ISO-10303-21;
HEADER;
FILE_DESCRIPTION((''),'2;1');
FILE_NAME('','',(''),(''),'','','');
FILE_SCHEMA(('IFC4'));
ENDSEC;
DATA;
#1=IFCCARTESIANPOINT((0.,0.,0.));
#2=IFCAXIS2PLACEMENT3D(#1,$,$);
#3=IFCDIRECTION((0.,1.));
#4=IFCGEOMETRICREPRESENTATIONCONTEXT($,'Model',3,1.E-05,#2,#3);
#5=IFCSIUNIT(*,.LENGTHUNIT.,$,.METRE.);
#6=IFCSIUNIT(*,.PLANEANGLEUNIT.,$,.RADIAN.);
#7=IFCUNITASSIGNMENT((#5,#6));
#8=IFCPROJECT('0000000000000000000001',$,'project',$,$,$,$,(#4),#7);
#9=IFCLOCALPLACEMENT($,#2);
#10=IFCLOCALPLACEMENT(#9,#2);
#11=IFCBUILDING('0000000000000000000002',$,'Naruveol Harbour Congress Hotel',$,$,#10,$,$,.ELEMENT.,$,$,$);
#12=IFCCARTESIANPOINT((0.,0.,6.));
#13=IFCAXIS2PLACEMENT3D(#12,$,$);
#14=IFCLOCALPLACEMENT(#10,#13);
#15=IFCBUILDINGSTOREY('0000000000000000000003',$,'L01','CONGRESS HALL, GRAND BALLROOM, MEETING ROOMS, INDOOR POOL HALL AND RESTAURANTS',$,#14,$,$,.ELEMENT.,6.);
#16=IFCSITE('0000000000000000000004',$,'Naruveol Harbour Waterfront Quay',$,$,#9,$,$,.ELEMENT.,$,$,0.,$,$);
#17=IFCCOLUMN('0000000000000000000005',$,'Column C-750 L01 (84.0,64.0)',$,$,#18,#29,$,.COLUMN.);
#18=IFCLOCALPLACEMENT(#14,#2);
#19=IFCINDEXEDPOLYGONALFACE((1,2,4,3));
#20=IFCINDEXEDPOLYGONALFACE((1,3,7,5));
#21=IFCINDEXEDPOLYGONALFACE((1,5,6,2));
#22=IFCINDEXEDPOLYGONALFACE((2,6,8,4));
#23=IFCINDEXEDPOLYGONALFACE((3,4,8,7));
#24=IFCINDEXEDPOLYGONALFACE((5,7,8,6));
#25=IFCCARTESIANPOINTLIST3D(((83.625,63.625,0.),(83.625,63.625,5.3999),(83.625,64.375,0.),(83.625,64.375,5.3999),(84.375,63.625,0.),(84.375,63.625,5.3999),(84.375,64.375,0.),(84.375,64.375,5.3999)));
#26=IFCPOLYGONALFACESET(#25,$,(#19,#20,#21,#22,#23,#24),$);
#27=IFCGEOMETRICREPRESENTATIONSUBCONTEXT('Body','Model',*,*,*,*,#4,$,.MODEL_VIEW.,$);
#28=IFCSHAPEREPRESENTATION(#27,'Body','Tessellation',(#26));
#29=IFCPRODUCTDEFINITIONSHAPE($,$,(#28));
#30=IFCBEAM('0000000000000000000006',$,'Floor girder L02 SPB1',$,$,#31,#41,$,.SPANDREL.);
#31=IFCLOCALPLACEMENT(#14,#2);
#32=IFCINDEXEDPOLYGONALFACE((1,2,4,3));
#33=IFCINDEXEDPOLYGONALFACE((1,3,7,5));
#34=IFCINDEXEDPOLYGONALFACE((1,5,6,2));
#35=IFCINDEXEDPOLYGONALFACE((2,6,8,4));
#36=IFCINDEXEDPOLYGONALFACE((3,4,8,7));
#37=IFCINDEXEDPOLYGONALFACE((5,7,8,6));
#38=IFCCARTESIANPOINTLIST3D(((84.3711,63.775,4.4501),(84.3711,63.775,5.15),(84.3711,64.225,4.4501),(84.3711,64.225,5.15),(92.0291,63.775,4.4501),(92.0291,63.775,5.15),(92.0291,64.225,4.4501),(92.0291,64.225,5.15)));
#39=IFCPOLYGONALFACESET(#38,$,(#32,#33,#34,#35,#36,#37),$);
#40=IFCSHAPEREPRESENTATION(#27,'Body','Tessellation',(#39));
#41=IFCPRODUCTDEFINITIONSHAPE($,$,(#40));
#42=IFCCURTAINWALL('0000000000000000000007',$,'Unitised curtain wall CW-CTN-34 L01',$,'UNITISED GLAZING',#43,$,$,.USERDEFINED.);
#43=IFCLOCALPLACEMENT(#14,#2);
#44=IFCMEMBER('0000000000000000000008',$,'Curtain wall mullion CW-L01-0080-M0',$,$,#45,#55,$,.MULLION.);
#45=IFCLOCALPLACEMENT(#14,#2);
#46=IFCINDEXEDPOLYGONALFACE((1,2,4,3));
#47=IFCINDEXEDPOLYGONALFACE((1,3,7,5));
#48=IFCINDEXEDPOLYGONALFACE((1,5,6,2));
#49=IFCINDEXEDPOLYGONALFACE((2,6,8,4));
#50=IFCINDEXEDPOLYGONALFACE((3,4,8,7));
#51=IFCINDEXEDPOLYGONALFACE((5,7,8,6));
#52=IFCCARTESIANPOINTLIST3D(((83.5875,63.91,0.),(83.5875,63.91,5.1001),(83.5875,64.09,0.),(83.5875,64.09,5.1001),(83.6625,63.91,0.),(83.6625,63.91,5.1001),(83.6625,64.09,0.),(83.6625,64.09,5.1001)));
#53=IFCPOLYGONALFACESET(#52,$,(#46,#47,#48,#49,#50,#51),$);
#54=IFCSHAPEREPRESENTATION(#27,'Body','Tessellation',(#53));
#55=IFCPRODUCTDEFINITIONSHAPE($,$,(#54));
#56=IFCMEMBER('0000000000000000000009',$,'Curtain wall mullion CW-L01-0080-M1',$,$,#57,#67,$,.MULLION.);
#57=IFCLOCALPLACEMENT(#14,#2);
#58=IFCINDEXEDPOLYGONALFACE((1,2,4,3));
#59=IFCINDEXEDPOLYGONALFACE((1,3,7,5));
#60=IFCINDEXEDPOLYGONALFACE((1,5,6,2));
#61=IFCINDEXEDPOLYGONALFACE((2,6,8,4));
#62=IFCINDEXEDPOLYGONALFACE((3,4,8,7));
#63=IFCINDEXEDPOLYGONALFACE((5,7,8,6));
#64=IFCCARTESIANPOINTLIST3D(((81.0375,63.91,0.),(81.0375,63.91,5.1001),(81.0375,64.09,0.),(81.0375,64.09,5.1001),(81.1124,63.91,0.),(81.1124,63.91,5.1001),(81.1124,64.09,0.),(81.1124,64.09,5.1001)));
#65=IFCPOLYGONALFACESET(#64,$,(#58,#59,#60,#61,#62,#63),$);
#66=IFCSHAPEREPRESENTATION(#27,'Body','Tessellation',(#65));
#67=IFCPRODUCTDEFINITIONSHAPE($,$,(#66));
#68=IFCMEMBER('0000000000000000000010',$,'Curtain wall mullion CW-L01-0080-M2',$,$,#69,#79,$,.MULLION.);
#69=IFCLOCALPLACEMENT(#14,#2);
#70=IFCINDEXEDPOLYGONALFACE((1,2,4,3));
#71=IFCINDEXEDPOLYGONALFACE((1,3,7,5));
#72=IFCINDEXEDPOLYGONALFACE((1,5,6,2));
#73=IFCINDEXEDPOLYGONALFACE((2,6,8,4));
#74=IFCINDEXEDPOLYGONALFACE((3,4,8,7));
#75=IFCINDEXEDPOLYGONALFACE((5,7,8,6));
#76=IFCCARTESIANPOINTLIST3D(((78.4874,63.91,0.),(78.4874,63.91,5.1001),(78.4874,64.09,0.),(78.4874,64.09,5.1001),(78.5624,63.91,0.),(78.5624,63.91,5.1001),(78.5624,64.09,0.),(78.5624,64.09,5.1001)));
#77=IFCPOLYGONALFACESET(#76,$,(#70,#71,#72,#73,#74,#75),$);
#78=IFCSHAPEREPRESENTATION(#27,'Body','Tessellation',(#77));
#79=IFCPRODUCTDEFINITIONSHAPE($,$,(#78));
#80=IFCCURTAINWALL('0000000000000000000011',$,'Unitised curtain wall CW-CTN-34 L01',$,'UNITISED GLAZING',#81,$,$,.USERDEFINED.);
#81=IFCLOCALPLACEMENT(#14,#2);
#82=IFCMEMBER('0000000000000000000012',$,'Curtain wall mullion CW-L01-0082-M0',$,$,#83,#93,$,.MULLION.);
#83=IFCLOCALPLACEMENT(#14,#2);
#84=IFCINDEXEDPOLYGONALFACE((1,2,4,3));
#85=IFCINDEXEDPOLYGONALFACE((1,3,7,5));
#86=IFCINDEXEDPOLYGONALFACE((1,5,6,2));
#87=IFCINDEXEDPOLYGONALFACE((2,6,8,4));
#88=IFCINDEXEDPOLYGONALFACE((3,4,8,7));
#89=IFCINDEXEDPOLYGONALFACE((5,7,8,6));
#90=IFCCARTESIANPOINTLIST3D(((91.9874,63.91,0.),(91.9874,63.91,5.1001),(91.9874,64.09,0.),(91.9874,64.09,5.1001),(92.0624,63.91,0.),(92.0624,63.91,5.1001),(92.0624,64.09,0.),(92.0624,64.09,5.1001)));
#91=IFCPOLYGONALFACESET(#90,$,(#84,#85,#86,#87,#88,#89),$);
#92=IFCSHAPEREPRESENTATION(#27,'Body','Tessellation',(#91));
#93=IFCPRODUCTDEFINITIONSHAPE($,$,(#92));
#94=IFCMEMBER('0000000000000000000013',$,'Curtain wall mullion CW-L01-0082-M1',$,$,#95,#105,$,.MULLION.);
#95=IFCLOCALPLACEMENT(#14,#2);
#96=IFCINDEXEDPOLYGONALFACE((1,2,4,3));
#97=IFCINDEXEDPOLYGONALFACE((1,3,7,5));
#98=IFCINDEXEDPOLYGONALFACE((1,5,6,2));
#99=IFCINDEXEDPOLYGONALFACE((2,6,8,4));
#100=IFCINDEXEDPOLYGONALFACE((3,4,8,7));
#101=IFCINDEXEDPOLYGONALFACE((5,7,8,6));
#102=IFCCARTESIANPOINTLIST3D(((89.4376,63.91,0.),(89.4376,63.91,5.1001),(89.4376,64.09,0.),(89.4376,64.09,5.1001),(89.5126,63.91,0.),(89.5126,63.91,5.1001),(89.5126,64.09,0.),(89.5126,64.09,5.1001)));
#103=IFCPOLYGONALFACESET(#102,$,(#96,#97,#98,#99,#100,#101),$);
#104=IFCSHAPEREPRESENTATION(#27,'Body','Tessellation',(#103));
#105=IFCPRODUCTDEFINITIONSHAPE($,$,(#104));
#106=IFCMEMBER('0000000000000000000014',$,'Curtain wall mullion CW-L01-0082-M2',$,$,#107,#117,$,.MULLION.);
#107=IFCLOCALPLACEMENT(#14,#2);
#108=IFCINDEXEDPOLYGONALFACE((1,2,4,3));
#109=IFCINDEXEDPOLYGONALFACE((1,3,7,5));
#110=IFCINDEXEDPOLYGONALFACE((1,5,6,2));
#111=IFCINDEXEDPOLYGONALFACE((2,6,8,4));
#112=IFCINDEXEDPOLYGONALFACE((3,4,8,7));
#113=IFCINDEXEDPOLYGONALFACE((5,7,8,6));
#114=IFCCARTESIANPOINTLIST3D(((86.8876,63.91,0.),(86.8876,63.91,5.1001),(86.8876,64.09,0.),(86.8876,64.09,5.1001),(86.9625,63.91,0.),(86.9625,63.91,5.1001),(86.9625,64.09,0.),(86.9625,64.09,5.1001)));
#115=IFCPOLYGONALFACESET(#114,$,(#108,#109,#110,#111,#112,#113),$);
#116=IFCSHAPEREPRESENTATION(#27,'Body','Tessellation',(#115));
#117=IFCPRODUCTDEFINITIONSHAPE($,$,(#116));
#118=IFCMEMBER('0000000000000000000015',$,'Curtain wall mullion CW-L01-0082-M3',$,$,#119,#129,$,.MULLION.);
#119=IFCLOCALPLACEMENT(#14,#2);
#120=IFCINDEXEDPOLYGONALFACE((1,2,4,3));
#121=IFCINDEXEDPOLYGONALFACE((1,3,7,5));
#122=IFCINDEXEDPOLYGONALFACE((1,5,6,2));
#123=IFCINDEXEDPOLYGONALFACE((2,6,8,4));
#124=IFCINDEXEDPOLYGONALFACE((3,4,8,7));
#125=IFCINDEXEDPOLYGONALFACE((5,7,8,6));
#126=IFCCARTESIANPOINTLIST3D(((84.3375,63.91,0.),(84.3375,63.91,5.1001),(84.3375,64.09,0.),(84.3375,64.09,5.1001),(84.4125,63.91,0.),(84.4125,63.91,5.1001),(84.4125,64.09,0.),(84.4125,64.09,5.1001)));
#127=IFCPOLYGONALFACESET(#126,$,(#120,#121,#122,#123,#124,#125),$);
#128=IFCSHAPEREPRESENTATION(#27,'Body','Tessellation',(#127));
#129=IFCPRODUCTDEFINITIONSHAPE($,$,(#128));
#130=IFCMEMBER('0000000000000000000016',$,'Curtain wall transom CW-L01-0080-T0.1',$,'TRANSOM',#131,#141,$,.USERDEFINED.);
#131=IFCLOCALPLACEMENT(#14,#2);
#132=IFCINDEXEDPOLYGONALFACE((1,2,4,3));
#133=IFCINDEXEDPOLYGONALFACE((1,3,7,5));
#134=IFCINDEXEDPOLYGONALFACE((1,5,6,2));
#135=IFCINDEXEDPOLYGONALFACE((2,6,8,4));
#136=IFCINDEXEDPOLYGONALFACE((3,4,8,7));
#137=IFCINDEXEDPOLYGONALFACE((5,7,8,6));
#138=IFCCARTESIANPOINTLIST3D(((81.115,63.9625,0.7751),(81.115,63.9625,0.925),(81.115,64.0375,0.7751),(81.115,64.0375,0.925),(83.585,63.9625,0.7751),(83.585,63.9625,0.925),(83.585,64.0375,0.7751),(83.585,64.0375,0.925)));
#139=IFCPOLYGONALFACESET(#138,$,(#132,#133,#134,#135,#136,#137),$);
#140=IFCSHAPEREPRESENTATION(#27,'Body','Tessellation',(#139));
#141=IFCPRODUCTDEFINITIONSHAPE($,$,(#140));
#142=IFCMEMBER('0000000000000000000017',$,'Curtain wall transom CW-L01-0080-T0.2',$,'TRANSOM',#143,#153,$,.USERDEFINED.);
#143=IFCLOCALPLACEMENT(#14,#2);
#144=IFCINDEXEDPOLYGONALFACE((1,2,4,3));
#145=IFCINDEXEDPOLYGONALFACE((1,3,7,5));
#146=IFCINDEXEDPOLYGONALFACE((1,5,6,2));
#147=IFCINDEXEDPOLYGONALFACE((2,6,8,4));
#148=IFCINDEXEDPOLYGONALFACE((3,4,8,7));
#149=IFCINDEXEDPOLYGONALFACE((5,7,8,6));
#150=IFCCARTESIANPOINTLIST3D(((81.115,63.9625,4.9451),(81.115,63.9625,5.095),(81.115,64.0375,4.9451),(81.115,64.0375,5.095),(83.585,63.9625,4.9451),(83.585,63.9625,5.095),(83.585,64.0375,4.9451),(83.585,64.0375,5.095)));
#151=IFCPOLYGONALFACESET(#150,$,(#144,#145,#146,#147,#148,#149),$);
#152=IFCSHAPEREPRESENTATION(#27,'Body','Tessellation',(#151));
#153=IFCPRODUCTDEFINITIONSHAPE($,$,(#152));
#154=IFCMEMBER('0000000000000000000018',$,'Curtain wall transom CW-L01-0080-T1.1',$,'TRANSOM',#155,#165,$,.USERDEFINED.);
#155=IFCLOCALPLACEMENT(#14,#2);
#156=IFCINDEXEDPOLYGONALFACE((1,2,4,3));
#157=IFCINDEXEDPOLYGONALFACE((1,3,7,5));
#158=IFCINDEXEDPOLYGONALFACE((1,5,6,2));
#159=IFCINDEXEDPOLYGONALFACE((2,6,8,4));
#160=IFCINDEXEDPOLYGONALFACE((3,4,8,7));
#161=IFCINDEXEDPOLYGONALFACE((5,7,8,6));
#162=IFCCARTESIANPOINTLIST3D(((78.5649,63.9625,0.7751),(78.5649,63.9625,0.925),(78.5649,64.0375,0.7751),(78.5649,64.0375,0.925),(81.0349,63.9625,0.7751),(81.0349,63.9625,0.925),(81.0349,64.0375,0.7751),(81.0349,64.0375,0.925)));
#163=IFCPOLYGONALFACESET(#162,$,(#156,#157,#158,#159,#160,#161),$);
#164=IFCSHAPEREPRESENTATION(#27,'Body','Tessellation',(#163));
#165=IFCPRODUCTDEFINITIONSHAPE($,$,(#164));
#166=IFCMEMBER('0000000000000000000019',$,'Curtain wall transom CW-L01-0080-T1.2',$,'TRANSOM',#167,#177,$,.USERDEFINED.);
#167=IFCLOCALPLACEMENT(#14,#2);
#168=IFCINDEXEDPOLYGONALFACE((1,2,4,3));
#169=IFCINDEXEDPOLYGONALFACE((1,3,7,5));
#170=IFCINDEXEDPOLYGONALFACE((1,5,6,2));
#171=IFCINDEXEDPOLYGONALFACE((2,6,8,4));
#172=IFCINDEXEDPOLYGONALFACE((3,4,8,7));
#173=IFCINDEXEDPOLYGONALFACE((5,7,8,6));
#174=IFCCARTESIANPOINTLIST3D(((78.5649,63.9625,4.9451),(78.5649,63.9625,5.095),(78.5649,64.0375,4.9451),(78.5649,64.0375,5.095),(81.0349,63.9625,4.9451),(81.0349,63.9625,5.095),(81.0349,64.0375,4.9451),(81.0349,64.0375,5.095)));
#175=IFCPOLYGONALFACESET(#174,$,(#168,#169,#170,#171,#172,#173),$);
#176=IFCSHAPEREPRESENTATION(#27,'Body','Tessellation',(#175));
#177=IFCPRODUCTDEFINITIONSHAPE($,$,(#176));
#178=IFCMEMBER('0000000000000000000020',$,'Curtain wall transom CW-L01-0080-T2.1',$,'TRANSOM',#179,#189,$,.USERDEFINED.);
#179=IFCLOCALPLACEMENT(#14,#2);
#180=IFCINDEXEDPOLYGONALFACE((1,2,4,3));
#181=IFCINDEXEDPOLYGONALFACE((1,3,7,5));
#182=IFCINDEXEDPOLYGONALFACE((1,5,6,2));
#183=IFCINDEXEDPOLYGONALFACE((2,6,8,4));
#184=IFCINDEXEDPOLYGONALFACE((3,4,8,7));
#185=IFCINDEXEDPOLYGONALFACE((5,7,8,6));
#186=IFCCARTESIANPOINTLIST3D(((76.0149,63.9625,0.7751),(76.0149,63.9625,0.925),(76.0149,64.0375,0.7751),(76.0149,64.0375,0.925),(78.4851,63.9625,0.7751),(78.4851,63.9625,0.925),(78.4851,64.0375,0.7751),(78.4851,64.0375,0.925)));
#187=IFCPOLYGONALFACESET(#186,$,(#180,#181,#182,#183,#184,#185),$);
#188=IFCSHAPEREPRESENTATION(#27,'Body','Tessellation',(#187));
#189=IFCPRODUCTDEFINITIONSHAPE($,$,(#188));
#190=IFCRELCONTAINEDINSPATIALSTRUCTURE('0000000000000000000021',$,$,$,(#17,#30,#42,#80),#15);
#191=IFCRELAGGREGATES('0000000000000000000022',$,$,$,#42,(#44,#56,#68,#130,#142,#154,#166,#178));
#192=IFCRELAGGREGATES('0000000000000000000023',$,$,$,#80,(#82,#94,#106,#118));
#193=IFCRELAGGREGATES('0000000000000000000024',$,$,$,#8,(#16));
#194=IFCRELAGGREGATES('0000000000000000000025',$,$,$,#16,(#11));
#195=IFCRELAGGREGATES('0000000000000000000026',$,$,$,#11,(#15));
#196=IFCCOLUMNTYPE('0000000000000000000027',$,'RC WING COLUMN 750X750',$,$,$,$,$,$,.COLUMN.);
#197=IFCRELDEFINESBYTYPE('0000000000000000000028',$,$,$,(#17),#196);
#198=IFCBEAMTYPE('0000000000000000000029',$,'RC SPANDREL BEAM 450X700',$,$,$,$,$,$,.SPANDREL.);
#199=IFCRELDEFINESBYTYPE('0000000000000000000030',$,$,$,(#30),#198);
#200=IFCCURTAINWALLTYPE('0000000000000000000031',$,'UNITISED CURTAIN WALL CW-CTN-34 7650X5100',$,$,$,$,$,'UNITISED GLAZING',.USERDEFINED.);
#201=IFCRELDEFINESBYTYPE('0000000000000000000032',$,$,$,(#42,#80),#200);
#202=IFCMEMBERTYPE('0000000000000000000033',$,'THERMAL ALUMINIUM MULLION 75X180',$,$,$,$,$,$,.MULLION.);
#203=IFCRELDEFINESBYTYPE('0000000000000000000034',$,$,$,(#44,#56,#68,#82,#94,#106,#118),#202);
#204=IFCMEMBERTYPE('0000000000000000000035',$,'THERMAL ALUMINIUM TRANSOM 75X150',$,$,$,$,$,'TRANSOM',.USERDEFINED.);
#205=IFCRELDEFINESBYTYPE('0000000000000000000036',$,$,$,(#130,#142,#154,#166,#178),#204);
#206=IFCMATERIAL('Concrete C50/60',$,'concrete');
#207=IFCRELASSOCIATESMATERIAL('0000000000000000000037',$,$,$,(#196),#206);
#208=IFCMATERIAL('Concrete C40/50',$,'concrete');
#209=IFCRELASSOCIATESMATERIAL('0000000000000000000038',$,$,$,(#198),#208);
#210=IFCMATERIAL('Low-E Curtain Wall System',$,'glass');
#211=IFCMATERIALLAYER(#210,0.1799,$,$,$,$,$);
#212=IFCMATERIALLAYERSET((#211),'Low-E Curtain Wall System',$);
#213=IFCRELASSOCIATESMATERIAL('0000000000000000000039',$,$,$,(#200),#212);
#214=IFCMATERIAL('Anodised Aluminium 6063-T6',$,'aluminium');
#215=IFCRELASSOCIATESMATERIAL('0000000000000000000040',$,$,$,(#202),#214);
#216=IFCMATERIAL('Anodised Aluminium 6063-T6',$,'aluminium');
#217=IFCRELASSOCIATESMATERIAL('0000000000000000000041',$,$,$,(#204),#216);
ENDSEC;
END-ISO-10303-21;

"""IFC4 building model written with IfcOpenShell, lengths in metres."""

from ifc_helpers import new_model, si_unit, direction, frame, origin, origin_2d, place, context, subcontext, project, spatial, rectangle, extrude, material, layer, layer_set, material_profile, profile_set, type_object, element, aggregate, save


model = new_model("IFC4")

# Units and contexts
model_context = context("Model", 3, precision=1e-05, world=origin(), true_north=direction((0.0, 1.0)))
body_context = subcontext(model_context, "Body", "Model", "MODEL_VIEW")
ifc_project = project(units=[si_unit("LENGTHUNIT", "METRE"), si_unit("PLANEANGLEUNIT", "RADIAN")], contexts=[model_context])

# Site, building, storey
site_placement = place(None, origin())
site = spatial("IfcSite", under=ifc_project, at=site_placement, Name="Naruveol Harbour Waterfront Quay", CompositionType="ELEMENT", RefElevation=0.0)
building_placement = place(site_placement, origin())
building = spatial("IfcBuilding", under=site, at=building_placement, Name="Naruveol Harbour Congress Hotel", CompositionType="ELEMENT")
storey_placement = place(building_placement, frame((0.0, 0.0, 6.0)))
storey = spatial("IfcBuildingStorey", under=building, at=storey_placement, Name="L01", Description="CONGRESS HALL, GRAND BALLROOM, MEETING ROOMS, INDOOR POOL HALL AND RESTAURANTS", CompositionType="ELEMENT", Elevation=6.0)

# Column
ifc_material_1 = material(Name="Concrete C50/60", Category="concrete")
ifc_material_profile_1 = material_profile(ifc_material_1, rectangle(XDim=0.75, YDim=0.75, at=origin_2d()), Name="RC-750x750")
ifc_profile_set_1 = profile_set([ifc_material_profile_1], Name="Concrete C50/60")
column_type = type_object("IfcColumnType", Name="RC WING COLUMN 750X750", PredefinedType="COLUMN", material=ifc_profile_set_1)
column_placement = place(storey_placement, frame((84.0, 64.0, 0.0), z_axis=(0.0, 0.0, 1.0), x_axis=(1.0, 0.0, 0.0)))
element("IfcColumn", 1, at=column_placement, inside=storey, type_object=column_type, Name="Column C-750 L01 (84.0,64.0)", PredefinedType="COLUMN", context=body_context, shape_type="SweptSolid", body=[
    extrude(rectangle(XDim=0.75, YDim=0.75, at=origin_2d()), origin(), (0.0, 0.0, 1.0), 5.3999),
])

# Beam
ifc_material_2 = material(Name="Concrete C40/50", Category="concrete")
ifc_material_profile_2 = material_profile(ifc_material_2, rectangle(XDim=0.45, YDim=0.7, at=origin_2d()), Name="RCB-450x700")
ifc_profile_set_2 = profile_set([ifc_material_profile_2], Name="Concrete C40/50")
beam_type = type_object("IfcBeamType", Name="RC SPANDREL BEAM 450X700", PredefinedType="SPANDREL", material=ifc_profile_set_2)
beam_placement = place(storey_placement, frame((84.3711, 64.0, 4.8), z_axis=(1.0, 0.0, 0.0), x_axis=(0.0, 1.0, 0.0)))
element("IfcBeam", 2, at=beam_placement, inside=storey, type_object=beam_type, Name="Floor girder L02 SPB1", PredefinedType="SPANDREL", context=body_context, shape_type="SweptSolid", body=[
    extrude(rectangle(XDim=0.45, YDim=0.7, at=origin_2d()), origin(), (0.0, 0.0, 1.0), 7.658),
])

# Curtain walls, members
ifc_material_3 = material(Name="Low-E Curtain Wall System", Category="glass")
ifc_layer_1 = layer(ifc_material_3, 0.1799)
ifc_layer_set_1 = layer_set([ifc_layer_1], Name="Low-E Curtain Wall System")
curtain_wall_type = type_object("IfcCurtainWallType", Name="UNITISED CURTAIN WALL CW-CTN-34 7650X5100", ElementType="UNITISED GLAZING", PredefinedType="USERDEFINED", material=ifc_layer_set_1)
curtain_wall_1_placement = place(storey_placement, origin())
curtain_wall_1 = element("IfcCurtainWall", 3, at=curtain_wall_1_placement, inside=storey, type_object=curtain_wall_type, Name="Unitised curtain wall CW-CTN-34 L01", ObjectType="UNITISED GLAZING", PredefinedType="USERDEFINED")
ifc_material_4 = material(Name="Anodised Aluminium 6063-T6", Category="aluminium")
ifc_material_profile_3 = material_profile(ifc_material_4, rectangle(XDim=0.075, YDim=0.1799, at=origin_2d()), Name="ALU-75x180")
ifc_profile_set_3 = profile_set([ifc_material_profile_3], Name="Anodised Aluminium 6063-T6")
member_type_1 = type_object("IfcMemberType", Name="THERMAL ALUMINIUM MULLION 75X180", PredefinedType="MULLION", material=ifc_profile_set_3)
member_1_placement = place(storey_placement, frame((83.625, 64.0, 0.0), z_axis=(0.0, 0.0, 1.0), x_axis=(1.0, 0.0, 0.0)))
member_1 = element("IfcMember", 4, at=member_1_placement, type_object=member_type_1, Name="Curtain wall mullion CW-L01-0080-M0", PredefinedType="MULLION", context=body_context, shape_type="SweptSolid", body=[
    extrude(rectangle(XDim=0.075, YDim=0.1799, at=origin_2d()), origin(), (0.0, 0.0, 1.0), 5.1001),
])
member_2_placement = place(storey_placement, frame((81.075, 64.0, 0.0), z_axis=(0.0, 0.0, 1.0), x_axis=(1.0, 0.0, 0.0)))
member_2 = element("IfcMember", 5, at=member_2_placement, type_object=member_type_1, Name="Curtain wall mullion CW-L01-0080-M1", PredefinedType="MULLION", context=body_context, shape_type="SweptSolid", body=[
    extrude(rectangle(XDim=0.075, YDim=0.1799, at=origin_2d()), origin(), (0.0, 0.0, 1.0), 5.1001),
])
member_3_placement = place(storey_placement, frame((78.5249, 64.0, 0.0), z_axis=(0.0, 0.0, 1.0), x_axis=(1.0, 0.0, 0.0)))
member_3 = element("IfcMember", 6, at=member_3_placement, type_object=member_type_1, Name="Curtain wall mullion CW-L01-0080-M2", PredefinedType="MULLION", context=body_context, shape_type="SweptSolid", body=[
    extrude(rectangle(XDim=0.075, YDim=0.1799, at=origin_2d()), origin(), (0.0, 0.0, 1.0), 5.1001),
])
curtain_wall_2_placement = place(storey_placement, origin())
curtain_wall_2 = element("IfcCurtainWall", 7, at=curtain_wall_2_placement, inside=storey, type_object=curtain_wall_type, Name="Unitised curtain wall CW-CTN-34 L01", ObjectType="UNITISED GLAZING", PredefinedType="USERDEFINED")
member_4_placement = place(storey_placement, frame((92.0249, 64.0, 0.0), z_axis=(0.0, 0.0, 1.0), x_axis=(1.0, 0.0, 0.0)))
member_4 = element("IfcMember", 8, at=member_4_placement, type_object=member_type_1, Name="Curtain wall mullion CW-L01-0082-M0", PredefinedType="MULLION", context=body_context, shape_type="SweptSolid", body=[
    extrude(rectangle(XDim=0.075, YDim=0.1799, at=origin_2d()), origin(), (0.0, 0.0, 1.0), 5.1001),
])
member_5_placement = place(storey_placement, frame((89.4751, 64.0, 0.0), z_axis=(0.0, 0.0, 1.0), x_axis=(1.0, 0.0, 0.0)))
member_5 = element("IfcMember", 9, at=member_5_placement, type_object=member_type_1, Name="Curtain wall mullion CW-L01-0082-M1", PredefinedType="MULLION", context=body_context, shape_type="SweptSolid", body=[
    extrude(rectangle(XDim=0.075, YDim=0.1799, at=origin_2d()), origin(), (0.0, 0.0, 1.0), 5.1001),
])
member_6_placement = place(storey_placement, frame((86.925, 64.0, 0.0), z_axis=(0.0, 0.0, 1.0), x_axis=(1.0, 0.0, 0.0)))
member_6 = element("IfcMember", 10, at=member_6_placement, type_object=member_type_1, Name="Curtain wall mullion CW-L01-0082-M2", PredefinedType="MULLION", context=body_context, shape_type="SweptSolid", body=[
    extrude(rectangle(XDim=0.075, YDim=0.1799, at=origin_2d()), origin(), (0.0, 0.0, 1.0), 5.1001),
])
member_7_placement = place(storey_placement, frame((84.375, 64.0, 0.0), z_axis=(0.0, 0.0, 1.0), x_axis=(1.0, 0.0, 0.0)))
member_7 = element("IfcMember", 11, at=member_7_placement, type_object=member_type_1, Name="Curtain wall mullion CW-L01-0082-M3", PredefinedType="MULLION", context=body_context, shape_type="SweptSolid", body=[
    extrude(rectangle(XDim=0.075, YDim=0.1799, at=origin_2d()), origin(), (0.0, 0.0, 1.0), 5.1001),
])

# Members
ifc_material_5 = material(Name="Anodised Aluminium 6063-T6", Category="aluminium")
ifc_material_profile_4 = material_profile(ifc_material_5, rectangle(XDim=0.075, YDim=0.1499, at=origin_2d()), Name="ALU-75x150")
ifc_profile_set_4 = profile_set([ifc_material_profile_4], Name="Anodised Aluminium 6063-T6")
member_type_2 = type_object("IfcMemberType", Name="THERMAL ALUMINIUM TRANSOM 75X150", ElementType="TRANSOM", PredefinedType="USERDEFINED", material=ifc_profile_set_4)
member_8_placement = place(storey_placement, frame((83.585, 64.0, 0.8501), z_axis=(-1.0, 0.0, 0.0), x_axis=(0.0, -1.0, 0.0)))
member_8 = element("IfcMember", 12, at=member_8_placement, type_object=member_type_2, Name="Curtain wall transom CW-L01-0080-T0.1", ObjectType="TRANSOM", PredefinedType="USERDEFINED", context=body_context, shape_type="SweptSolid", body=[
    extrude(rectangle(XDim=0.075, YDim=0.1499, at=origin_2d()), origin(), (0.0, 0.0, 1.0), 2.47),
])
member_9_placement = place(storey_placement, frame((83.585, 64.0, 5.02), z_axis=(-1.0, 0.0, 0.0), x_axis=(0.0, -1.0, 0.0)))
member_9 = element("IfcMember", 13, at=member_9_placement, type_object=member_type_2, Name="Curtain wall transom CW-L01-0080-T0.2", ObjectType="TRANSOM", PredefinedType="USERDEFINED", context=body_context, shape_type="SweptSolid", body=[
    extrude(rectangle(XDim=0.075, YDim=0.1499, at=origin_2d()), origin(), (0.0, 0.0, 1.0), 2.47),
])
member_10_placement = place(storey_placement, frame((81.0349, 64.0, 0.8501), z_axis=(-1.0, 0.0, 0.0), x_axis=(0.0, -1.0, 0.0)))
member_10 = element("IfcMember", 14, at=member_10_placement, type_object=member_type_2, Name="Curtain wall transom CW-L01-0080-T1.1", ObjectType="TRANSOM", PredefinedType="USERDEFINED", context=body_context, shape_type="SweptSolid", body=[
    extrude(rectangle(XDim=0.075, YDim=0.1499, at=origin_2d()), origin(), (0.0, 0.0, 1.0), 2.47),
])
member_11_placement = place(storey_placement, frame((81.0349, 64.0, 5.02), z_axis=(-1.0, 0.0, 0.0), x_axis=(0.0, -1.0, 0.0)))
member_11 = element("IfcMember", 15, at=member_11_placement, type_object=member_type_2, Name="Curtain wall transom CW-L01-0080-T1.2", ObjectType="TRANSOM", PredefinedType="USERDEFINED", context=body_context, shape_type="SweptSolid", body=[
    extrude(rectangle(XDim=0.075, YDim=0.1499, at=origin_2d()), origin(), (0.0, 0.0, 1.0), 2.47),
])
member_12_placement = place(storey_placement, frame((78.4851, 64.0, 0.8501), z_axis=(-1.0, 0.0, 0.0), x_axis=(0.0, -1.0, 0.0)))
member_12 = element("IfcMember", 16, at=member_12_placement, type_object=member_type_2, Name="Curtain wall transom CW-L01-0080-T2.1", ObjectType="TRANSOM", PredefinedType="USERDEFINED", context=body_context, shape_type="SweptSolid", body=[
    extrude(rectangle(XDim=0.075, YDim=0.1499, at=origin_2d()), origin(), (0.0, 0.0, 1.0), 2.4702),
])
aggregate(curtain_wall_1, [member_1, member_2, member_3, member_8, member_9, member_10, member_11, member_12])
aggregate(curtain_wall_2, [member_4, member_5, member_6, member_7])

save(model, "model.ifc")
